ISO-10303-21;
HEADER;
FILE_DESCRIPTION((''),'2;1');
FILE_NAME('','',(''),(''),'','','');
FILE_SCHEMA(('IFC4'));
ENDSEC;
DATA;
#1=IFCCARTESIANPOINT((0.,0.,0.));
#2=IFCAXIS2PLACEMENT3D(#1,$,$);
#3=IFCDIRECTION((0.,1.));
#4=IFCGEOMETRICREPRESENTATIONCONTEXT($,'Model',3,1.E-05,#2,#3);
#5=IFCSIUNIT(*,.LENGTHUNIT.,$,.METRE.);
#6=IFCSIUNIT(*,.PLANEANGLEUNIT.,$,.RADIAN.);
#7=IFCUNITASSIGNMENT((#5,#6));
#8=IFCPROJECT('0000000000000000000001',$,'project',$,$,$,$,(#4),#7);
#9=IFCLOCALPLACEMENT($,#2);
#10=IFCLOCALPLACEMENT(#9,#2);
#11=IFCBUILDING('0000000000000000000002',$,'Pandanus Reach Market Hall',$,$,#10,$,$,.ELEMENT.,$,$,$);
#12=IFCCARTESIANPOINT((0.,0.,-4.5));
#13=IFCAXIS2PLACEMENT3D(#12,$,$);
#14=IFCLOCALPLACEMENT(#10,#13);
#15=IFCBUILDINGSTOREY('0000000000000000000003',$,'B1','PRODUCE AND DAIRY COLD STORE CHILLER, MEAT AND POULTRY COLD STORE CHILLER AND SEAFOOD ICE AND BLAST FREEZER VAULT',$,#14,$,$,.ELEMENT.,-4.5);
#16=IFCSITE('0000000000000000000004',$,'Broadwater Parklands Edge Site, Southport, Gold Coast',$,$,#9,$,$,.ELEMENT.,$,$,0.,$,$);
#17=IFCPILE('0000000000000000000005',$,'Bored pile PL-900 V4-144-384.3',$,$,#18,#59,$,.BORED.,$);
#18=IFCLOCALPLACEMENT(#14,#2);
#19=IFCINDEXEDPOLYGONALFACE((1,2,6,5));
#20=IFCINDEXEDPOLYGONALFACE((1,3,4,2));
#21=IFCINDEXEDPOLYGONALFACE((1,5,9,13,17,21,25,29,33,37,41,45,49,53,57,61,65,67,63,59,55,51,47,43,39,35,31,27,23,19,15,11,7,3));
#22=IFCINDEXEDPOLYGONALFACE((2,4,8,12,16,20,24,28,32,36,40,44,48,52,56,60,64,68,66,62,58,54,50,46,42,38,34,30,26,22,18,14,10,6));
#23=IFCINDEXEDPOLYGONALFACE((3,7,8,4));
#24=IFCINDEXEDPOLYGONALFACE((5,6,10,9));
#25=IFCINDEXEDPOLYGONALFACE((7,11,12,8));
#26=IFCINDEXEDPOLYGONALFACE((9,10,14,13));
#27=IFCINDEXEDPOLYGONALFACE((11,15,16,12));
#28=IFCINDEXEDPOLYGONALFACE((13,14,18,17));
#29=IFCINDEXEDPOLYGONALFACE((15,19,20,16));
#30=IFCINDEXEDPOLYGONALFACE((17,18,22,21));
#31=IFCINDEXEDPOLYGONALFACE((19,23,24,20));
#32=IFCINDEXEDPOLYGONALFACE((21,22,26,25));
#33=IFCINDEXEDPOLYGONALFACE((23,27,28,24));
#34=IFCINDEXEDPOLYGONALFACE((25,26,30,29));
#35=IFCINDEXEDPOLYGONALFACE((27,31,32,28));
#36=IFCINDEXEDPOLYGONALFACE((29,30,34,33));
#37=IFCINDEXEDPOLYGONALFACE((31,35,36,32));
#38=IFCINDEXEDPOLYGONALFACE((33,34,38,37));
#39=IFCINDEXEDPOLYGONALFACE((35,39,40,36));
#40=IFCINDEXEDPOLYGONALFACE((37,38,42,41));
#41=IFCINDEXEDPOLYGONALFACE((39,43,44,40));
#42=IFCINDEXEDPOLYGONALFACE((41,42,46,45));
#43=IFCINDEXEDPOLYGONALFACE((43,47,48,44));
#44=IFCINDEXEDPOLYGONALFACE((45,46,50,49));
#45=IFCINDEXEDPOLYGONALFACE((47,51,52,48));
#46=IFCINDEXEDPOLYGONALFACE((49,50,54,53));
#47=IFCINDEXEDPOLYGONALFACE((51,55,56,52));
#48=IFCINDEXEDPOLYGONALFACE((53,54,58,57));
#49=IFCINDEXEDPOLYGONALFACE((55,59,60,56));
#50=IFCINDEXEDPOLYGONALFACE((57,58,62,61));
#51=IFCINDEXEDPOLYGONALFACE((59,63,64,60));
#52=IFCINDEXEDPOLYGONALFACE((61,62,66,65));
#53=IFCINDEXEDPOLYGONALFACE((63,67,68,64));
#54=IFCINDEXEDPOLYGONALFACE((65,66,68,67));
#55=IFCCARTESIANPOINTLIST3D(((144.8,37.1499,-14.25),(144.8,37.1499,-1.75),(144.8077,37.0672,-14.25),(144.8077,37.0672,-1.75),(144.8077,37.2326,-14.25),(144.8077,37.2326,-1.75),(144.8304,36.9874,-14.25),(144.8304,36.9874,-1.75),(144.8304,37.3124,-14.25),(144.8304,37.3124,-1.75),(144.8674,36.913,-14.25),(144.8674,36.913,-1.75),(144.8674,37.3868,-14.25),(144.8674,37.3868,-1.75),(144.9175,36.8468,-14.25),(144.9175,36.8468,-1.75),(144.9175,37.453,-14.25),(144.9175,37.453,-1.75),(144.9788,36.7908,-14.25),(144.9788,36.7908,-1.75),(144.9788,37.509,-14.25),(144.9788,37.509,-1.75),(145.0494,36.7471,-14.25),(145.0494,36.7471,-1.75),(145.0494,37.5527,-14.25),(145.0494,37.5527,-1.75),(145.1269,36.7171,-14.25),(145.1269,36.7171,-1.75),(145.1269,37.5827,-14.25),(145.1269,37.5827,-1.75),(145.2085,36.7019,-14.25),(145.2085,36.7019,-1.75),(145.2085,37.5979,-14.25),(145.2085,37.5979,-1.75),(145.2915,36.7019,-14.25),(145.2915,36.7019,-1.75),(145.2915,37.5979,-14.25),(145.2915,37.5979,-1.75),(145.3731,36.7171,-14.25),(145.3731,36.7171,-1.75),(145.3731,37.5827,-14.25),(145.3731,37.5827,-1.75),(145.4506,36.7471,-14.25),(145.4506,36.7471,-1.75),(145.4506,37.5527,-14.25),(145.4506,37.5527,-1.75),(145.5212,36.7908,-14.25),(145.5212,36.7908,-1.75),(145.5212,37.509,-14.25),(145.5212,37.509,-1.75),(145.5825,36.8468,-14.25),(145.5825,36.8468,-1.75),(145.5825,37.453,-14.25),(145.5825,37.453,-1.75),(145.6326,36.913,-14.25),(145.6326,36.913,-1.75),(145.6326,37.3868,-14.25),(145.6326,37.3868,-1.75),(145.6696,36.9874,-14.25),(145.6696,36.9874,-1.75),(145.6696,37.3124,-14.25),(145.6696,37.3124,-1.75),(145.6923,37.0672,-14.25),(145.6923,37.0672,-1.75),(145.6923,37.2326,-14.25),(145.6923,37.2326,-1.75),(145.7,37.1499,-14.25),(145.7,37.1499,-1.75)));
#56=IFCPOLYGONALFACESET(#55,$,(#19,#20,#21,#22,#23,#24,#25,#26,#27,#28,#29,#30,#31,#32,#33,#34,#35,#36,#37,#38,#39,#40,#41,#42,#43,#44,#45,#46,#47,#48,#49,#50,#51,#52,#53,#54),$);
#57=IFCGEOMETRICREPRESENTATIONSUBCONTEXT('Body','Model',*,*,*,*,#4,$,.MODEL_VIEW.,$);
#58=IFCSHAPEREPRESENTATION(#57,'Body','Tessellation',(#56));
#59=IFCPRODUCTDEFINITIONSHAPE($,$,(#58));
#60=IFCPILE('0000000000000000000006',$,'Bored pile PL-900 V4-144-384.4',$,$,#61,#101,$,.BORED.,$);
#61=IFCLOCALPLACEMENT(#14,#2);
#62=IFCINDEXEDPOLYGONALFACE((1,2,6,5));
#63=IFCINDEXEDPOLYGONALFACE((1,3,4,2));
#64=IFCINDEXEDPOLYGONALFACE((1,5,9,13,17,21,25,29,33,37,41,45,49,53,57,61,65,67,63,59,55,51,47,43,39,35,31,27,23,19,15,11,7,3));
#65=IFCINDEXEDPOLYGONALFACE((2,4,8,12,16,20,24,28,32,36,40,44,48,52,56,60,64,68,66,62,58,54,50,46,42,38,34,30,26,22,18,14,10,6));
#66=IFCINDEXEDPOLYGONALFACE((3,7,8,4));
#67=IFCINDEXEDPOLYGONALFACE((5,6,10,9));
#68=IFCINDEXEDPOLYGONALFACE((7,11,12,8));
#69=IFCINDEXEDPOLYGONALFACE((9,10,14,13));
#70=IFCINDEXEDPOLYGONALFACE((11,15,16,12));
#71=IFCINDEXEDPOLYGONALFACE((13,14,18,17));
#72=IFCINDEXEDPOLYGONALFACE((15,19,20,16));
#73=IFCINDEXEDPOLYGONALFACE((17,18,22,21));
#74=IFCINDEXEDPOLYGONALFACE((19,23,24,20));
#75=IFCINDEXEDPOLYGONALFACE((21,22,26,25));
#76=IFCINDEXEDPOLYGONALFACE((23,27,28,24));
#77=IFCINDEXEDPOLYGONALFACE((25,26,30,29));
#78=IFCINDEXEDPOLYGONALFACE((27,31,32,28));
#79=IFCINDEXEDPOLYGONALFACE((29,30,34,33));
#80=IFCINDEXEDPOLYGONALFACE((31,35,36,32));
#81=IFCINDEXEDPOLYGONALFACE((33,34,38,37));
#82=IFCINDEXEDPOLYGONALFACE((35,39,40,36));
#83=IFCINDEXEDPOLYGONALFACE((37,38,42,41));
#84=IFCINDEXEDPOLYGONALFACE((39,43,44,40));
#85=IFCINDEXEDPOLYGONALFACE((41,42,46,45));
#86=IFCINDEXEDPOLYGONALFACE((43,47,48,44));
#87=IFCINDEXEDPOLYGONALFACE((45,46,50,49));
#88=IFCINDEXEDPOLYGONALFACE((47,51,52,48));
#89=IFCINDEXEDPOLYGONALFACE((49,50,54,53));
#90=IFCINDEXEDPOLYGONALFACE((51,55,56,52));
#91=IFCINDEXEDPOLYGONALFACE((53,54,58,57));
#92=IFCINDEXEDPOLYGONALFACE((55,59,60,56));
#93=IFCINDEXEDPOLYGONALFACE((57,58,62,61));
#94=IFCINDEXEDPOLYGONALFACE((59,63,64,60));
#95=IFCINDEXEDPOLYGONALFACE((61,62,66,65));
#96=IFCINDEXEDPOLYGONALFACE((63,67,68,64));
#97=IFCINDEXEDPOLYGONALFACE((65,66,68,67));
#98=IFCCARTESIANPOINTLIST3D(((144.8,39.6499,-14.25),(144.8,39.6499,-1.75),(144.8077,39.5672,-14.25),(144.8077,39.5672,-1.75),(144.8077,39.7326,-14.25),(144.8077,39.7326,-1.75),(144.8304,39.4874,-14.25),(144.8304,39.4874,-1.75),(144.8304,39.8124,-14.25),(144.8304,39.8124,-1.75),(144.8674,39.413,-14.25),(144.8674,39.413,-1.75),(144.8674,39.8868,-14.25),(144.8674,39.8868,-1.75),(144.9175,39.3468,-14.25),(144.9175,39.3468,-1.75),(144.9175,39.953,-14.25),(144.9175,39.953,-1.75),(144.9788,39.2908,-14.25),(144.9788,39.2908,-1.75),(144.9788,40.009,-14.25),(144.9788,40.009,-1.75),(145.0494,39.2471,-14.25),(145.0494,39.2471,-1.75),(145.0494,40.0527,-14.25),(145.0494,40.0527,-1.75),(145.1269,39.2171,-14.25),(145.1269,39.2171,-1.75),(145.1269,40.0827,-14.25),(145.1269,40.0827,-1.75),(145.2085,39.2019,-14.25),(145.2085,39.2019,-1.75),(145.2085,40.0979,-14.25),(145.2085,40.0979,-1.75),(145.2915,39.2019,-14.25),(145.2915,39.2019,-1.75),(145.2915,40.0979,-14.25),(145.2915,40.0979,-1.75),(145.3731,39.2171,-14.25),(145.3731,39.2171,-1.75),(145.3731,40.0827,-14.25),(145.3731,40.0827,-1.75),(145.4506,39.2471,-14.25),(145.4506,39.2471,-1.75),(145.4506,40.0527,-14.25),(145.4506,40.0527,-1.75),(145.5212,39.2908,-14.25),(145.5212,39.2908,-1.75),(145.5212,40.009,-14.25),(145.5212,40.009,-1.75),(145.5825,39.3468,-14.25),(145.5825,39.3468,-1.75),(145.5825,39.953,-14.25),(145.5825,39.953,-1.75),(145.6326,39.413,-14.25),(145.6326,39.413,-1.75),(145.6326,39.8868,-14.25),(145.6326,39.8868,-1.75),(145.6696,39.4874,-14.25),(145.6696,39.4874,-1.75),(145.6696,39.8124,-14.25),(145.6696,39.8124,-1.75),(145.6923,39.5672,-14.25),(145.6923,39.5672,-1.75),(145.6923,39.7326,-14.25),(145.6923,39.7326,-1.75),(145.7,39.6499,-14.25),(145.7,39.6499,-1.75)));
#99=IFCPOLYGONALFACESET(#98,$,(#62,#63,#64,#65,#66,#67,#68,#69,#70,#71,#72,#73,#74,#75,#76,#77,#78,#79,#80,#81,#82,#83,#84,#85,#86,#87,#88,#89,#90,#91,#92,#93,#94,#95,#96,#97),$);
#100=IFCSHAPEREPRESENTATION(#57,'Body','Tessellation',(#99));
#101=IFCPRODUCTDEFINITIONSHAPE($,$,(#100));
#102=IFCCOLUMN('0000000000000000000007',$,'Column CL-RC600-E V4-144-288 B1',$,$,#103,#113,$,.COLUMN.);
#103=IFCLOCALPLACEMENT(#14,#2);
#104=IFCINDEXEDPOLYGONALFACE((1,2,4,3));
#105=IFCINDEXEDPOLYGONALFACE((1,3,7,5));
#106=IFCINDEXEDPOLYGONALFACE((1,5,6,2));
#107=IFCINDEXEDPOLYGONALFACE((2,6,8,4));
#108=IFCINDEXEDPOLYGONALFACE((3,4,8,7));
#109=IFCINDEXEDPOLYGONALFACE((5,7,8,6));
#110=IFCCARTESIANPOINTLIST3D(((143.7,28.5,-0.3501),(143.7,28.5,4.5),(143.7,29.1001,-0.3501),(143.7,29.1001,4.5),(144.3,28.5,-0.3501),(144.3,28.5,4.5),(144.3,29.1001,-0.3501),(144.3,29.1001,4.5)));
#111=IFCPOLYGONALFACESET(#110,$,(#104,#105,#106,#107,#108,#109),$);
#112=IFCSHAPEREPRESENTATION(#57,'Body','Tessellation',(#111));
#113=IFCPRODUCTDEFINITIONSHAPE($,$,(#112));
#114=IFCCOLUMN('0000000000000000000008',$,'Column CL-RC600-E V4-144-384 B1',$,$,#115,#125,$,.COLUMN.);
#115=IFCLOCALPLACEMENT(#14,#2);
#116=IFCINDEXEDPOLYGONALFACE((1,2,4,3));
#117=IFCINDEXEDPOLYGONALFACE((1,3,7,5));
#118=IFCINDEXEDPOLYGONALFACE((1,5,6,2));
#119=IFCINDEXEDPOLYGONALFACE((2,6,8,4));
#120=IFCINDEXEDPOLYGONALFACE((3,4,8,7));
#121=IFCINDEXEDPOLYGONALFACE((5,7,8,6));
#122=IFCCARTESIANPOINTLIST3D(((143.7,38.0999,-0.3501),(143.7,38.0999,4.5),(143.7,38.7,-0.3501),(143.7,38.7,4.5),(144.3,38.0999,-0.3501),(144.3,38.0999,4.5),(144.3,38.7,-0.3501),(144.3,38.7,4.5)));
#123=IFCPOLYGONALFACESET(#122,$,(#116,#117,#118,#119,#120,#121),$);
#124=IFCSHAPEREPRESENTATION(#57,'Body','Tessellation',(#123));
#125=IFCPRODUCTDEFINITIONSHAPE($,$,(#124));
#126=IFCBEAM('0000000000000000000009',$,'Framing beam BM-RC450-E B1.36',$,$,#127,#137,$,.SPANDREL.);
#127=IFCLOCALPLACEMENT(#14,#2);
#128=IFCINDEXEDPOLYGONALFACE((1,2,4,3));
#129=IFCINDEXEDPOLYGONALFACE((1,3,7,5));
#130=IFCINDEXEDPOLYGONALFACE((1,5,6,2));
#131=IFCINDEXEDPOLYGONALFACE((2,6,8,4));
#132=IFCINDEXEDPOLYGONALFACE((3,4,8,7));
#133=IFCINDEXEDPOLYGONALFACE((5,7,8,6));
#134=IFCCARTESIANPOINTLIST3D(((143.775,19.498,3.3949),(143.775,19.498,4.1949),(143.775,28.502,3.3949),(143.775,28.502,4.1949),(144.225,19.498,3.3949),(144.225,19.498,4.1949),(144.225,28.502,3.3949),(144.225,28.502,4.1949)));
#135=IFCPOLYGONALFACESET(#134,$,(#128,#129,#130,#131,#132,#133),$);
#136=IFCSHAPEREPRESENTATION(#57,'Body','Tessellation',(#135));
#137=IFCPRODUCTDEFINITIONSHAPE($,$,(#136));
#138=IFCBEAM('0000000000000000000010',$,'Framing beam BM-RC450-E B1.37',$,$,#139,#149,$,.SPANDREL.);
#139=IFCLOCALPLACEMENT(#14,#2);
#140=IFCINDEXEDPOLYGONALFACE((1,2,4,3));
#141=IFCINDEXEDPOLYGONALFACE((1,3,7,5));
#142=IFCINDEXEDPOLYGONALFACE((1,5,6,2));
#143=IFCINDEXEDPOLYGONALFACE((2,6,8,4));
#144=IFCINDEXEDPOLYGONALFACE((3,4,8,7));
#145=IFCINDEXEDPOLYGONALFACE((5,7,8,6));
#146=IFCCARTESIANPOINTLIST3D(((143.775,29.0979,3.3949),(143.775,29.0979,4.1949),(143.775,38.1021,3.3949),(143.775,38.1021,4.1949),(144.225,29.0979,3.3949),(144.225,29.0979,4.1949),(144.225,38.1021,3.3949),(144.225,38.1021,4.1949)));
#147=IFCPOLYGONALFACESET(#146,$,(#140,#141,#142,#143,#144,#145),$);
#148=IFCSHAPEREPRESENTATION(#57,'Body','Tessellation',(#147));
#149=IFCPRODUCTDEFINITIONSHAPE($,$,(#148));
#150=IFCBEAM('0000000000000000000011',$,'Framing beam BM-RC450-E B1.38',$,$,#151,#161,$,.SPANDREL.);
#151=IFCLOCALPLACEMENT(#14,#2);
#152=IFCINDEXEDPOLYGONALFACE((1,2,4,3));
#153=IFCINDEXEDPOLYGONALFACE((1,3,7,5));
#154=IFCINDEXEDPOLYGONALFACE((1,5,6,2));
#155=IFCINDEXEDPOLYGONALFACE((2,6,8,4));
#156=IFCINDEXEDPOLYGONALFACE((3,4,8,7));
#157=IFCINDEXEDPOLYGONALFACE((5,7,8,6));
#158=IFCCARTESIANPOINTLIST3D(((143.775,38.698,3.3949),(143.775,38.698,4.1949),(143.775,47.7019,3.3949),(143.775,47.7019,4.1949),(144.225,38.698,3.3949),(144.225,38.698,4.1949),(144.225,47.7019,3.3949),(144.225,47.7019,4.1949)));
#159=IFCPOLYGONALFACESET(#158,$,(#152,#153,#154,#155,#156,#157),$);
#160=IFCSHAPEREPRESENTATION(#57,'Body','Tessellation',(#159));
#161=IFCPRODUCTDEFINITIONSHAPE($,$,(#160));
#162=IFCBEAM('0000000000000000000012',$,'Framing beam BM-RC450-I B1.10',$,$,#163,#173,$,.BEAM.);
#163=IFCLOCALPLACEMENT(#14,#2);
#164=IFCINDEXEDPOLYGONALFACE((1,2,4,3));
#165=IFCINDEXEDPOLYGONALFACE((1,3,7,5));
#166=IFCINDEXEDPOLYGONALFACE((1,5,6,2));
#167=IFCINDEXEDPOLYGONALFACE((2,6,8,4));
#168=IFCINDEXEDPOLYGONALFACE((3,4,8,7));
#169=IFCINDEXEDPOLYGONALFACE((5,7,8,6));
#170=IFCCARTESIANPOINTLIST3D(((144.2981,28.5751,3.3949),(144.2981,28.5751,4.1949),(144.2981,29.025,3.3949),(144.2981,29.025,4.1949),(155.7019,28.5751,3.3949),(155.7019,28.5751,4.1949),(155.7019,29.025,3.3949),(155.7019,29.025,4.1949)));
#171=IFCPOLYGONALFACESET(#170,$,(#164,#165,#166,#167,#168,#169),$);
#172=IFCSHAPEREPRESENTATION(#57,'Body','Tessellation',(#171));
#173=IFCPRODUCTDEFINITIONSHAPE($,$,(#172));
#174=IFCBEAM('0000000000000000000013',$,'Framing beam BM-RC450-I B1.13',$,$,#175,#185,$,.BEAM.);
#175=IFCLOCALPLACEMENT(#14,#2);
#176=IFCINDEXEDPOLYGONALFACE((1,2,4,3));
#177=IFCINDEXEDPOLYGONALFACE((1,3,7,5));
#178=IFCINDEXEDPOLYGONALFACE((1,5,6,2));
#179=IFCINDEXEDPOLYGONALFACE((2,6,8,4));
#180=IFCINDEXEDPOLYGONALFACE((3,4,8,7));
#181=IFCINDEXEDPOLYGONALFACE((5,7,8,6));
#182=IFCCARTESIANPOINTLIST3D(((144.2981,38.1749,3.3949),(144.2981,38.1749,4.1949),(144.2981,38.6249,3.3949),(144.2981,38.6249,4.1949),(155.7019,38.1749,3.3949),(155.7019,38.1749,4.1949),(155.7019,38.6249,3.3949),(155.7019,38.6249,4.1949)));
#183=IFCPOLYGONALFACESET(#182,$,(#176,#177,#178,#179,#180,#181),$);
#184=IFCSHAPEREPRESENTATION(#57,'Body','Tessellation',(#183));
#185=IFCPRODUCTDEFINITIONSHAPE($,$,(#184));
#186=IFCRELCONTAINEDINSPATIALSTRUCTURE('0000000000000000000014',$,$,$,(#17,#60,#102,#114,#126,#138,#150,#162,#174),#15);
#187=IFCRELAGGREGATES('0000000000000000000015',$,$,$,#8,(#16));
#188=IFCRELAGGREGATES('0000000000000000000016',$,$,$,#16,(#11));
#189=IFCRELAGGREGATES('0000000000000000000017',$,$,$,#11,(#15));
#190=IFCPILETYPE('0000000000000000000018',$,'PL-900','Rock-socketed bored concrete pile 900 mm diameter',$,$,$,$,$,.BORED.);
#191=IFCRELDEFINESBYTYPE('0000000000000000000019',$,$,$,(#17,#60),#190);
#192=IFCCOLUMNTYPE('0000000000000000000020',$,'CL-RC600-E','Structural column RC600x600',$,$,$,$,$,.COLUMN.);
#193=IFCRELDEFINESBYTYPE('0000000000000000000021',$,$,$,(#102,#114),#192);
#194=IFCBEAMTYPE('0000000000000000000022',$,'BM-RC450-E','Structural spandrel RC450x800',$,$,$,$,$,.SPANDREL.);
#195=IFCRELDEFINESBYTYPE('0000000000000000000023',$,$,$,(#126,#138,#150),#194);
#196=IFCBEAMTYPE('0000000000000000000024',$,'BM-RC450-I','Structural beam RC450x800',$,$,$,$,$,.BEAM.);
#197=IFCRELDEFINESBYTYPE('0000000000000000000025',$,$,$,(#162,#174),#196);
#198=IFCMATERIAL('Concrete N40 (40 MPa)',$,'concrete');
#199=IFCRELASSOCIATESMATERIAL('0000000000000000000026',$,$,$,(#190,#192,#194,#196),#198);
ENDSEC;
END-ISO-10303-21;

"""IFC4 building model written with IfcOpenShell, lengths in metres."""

from ifc_helpers import new_model, si_unit, direction, frame, origin, origin_2d, place, context, subcontext, project, spatial, rectangle, circle, extrude, material, material_profile, profile_set, type_object, element, save


model = new_model("IFC4")

# Units and contexts
model_context = context("Model", 3, precision=1e-05, world=origin(), true_north=direction((0.0, 1.0)))
body_context = subcontext(model_context, "Body", "Model", "MODEL_VIEW")
ifc_project = project(units=[si_unit("LENGTHUNIT", "METRE"), si_unit("PLANEANGLEUNIT", "RADIAN")], contexts=[model_context])

# Site, building, storey
site_placement = place(None, origin())
site = spatial("IfcSite", under=ifc_project, at=site_placement, Name="Broadwater Parklands Edge Site, Southport, Gold Coast", CompositionType="ELEMENT", RefElevation=0.0)
building_placement = place(site_placement, origin())
building = spatial("IfcBuilding", under=site, at=building_placement, Name="Pandanus Reach Market Hall", CompositionType="ELEMENT")
storey_placement = place(building_placement, frame((0.0, 0.0, -4.5)))
storey = spatial("IfcBuildingStorey", under=building, at=storey_placement, Name="B1", Description="PRODUCE AND DAIRY COLD STORE CHILLER, MEAT AND POULTRY COLD STORE CHILLER AND SEAFOOD ICE AND BLAST FREEZER VAULT", CompositionType="ELEMENT", Elevation=-4.5)

# Shared definitions
ifc_material_1 = material(Name="Concrete N40 (40 MPa)", Category="concrete")

# Piles
ifc_material_profile_1 = material_profile(ifc_material_1, circle(Radius=0.45, at=origin_2d()), Name="PILE-900D", Category="LoadBearing")
ifc_profile_set_1 = profile_set([ifc_material_profile_1], Name="Concrete N40 (40 MPa)")
pile_type = type_object("IfcPileType", Name="PL-900", Description="Rock-socketed bored concrete pile 900 mm diameter", PredefinedType="BORED", material=ifc_profile_set_1)
for number, where, z_axis, x_axis, name in (
    (1, (145.25, 37.1499, -1.75), (0.0, 0.0, -1.0), (1.0, 0.0, 0.0), "Bored pile PL-900 V4-144-384.3"),
    (2, (145.25, 39.6499, -1.75), (0.0, 0.0, -1.0), (1.0, 0.0, 0.0), "Bored pile PL-900 V4-144-384.4"),
):
    element("IfcPile", number, at=place(storey_placement, frame(where, z_axis=z_axis, x_axis=x_axis)), inside=storey, type_object=pile_type, Name=name, PredefinedType="BORED", context=body_context, shape_type="SweptSolid", body=[
        extrude(circle(Radius=0.45, at=origin_2d()), origin(), (0.0, 0.0, 1.0), 12.5),
    ])

# Columns
ifc_material_profile_2 = material_profile(ifc_material_1, rectangle(XDim=0.6001, YDim=0.6001, at=origin_2d()), Name="RC600x600", Category="LoadBearing")
ifc_profile_set_2 = profile_set([ifc_material_profile_2], Name="Concrete N40 (40 MPa)")
column_type = type_object("IfcColumnType", Name="CL-RC600-E", Description="Structural column RC600x600", PredefinedType="COLUMN", material=ifc_profile_set_2)
for number, where, z_axis, x_axis, name in (
    (3, (144.0, 28.8, -0.3501), (0.0, 0.0, 1.0), (1.0, 0.0, 0.0), "Column CL-RC600-E V4-144-288 B1"),
    (4, (144.0, 38.3999, -0.3501), (0.0, 0.0, 1.0), (1.0, 0.0, 0.0), "Column CL-RC600-E V4-144-384 B1"),
):
    element("IfcColumn", number, at=place(storey_placement, frame(where, z_axis=z_axis, x_axis=x_axis)), inside=storey, type_object=column_type, Name=name, PredefinedType="COLUMN", context=body_context, shape_type="SweptSolid", body=[
        extrude(rectangle(XDim=0.6001, YDim=0.6001, at=origin_2d()), origin(), (0.0, 0.0, 1.0), 4.8501),
    ])

# Beams
ifc_material_profile_3 = material_profile(ifc_material_1, rectangle(XDim=0.45, YDim=0.8, at=origin_2d()), Name="RC450x800", Category="LoadBearing")
ifc_profile_set_3 = profile_set([ifc_material_profile_3], Name="Concrete N40 (40 MPa)")
beam_type_1 = type_object("IfcBeamType", Name="BM-RC450-E", Description="Structural spandrel RC450x800", PredefinedType="SPANDREL", material=ifc_profile_set_3)
beam_1_placement = place(storey_placement, frame((144.0, 19.498, 3.7949), z_axis=(0.0, 1.0, 0.0), x_axis=(-1.0, 0.0, 0.0)))
element("IfcBeam", 5, at=beam_1_placement, inside=storey, type_object=beam_type_1, Name="Framing beam BM-RC450-E B1.36", PredefinedType="SPANDREL", context=body_context, shape_type="SweptSolid", body=[
    extrude(rectangle(XDim=0.45, YDim=0.8, at=origin_2d()), origin(), (0.0, 0.0, 1.0), 9.0039),
])
beam_2_placement = place(storey_placement, frame((144.0, 29.0979, 3.7949), z_axis=(0.0, 1.0, 0.0), x_axis=(-1.0, 0.0, 0.0)))
element("IfcBeam", 6, at=beam_2_placement, inside=storey, type_object=beam_type_1, Name="Framing beam BM-RC450-E B1.37", PredefinedType="SPANDREL", context=body_context, shape_type="SweptSolid", body=[
    extrude(rectangle(XDim=0.45, YDim=0.8, at=origin_2d()), origin(), (0.0, 0.0, 1.0), 9.0042),
])
beam_3_placement = place(storey_placement, frame((144.0, 38.698, 3.7949), z_axis=(0.0, 1.0, 0.0), x_axis=(-1.0, 0.0, 0.0)))
element("IfcBeam", 7, at=beam_3_placement, inside=storey, type_object=beam_type_1, Name="Framing beam BM-RC450-E B1.38", PredefinedType="SPANDREL", context=body_context, shape_type="SweptSolid", body=[
    extrude(rectangle(XDim=0.45, YDim=0.8, at=origin_2d()), origin(), (0.0, 0.0, 1.0), 9.0039),
])
ifc_material_profile_4 = material_profile(ifc_material_1, rectangle(XDim=0.45, YDim=0.8, at=origin_2d()), Name="RC450x800", Category="LoadBearing")
ifc_profile_set_4 = profile_set([ifc_material_profile_4], Name="Concrete N40 (40 MPa)")
beam_type_2 = type_object("IfcBeamType", Name="BM-RC450-I", Description="Structural beam RC450x800", PredefinedType="BEAM", material=ifc_profile_set_4)
for number, where, z_axis, x_axis, name in (
    (8, (144.2981, 28.8, 3.7949), (1.0, 0.0, 0.0), (0.0, 1.0, 0.0), "Framing beam BM-RC450-I B1.10"),
    (9, (144.2981, 38.3999, 3.7949), (1.0, 0.0, 0.0), (0.0, 1.0, 0.0), "Framing beam BM-RC450-I B1.13"),
):
    element("IfcBeam", number, at=place(storey_placement, frame(where, z_axis=z_axis, x_axis=x_axis)), inside=storey, type_object=beam_type_2, Name=name, PredefinedType="BEAM", context=body_context, shape_type="SweptSolid", body=[
        extrude(rectangle(XDim=0.45, YDim=0.8, at=origin_2d()), origin(), (0.0, 0.0, 1.0), 11.4038),
    ])

save(model, "model.ifc")
